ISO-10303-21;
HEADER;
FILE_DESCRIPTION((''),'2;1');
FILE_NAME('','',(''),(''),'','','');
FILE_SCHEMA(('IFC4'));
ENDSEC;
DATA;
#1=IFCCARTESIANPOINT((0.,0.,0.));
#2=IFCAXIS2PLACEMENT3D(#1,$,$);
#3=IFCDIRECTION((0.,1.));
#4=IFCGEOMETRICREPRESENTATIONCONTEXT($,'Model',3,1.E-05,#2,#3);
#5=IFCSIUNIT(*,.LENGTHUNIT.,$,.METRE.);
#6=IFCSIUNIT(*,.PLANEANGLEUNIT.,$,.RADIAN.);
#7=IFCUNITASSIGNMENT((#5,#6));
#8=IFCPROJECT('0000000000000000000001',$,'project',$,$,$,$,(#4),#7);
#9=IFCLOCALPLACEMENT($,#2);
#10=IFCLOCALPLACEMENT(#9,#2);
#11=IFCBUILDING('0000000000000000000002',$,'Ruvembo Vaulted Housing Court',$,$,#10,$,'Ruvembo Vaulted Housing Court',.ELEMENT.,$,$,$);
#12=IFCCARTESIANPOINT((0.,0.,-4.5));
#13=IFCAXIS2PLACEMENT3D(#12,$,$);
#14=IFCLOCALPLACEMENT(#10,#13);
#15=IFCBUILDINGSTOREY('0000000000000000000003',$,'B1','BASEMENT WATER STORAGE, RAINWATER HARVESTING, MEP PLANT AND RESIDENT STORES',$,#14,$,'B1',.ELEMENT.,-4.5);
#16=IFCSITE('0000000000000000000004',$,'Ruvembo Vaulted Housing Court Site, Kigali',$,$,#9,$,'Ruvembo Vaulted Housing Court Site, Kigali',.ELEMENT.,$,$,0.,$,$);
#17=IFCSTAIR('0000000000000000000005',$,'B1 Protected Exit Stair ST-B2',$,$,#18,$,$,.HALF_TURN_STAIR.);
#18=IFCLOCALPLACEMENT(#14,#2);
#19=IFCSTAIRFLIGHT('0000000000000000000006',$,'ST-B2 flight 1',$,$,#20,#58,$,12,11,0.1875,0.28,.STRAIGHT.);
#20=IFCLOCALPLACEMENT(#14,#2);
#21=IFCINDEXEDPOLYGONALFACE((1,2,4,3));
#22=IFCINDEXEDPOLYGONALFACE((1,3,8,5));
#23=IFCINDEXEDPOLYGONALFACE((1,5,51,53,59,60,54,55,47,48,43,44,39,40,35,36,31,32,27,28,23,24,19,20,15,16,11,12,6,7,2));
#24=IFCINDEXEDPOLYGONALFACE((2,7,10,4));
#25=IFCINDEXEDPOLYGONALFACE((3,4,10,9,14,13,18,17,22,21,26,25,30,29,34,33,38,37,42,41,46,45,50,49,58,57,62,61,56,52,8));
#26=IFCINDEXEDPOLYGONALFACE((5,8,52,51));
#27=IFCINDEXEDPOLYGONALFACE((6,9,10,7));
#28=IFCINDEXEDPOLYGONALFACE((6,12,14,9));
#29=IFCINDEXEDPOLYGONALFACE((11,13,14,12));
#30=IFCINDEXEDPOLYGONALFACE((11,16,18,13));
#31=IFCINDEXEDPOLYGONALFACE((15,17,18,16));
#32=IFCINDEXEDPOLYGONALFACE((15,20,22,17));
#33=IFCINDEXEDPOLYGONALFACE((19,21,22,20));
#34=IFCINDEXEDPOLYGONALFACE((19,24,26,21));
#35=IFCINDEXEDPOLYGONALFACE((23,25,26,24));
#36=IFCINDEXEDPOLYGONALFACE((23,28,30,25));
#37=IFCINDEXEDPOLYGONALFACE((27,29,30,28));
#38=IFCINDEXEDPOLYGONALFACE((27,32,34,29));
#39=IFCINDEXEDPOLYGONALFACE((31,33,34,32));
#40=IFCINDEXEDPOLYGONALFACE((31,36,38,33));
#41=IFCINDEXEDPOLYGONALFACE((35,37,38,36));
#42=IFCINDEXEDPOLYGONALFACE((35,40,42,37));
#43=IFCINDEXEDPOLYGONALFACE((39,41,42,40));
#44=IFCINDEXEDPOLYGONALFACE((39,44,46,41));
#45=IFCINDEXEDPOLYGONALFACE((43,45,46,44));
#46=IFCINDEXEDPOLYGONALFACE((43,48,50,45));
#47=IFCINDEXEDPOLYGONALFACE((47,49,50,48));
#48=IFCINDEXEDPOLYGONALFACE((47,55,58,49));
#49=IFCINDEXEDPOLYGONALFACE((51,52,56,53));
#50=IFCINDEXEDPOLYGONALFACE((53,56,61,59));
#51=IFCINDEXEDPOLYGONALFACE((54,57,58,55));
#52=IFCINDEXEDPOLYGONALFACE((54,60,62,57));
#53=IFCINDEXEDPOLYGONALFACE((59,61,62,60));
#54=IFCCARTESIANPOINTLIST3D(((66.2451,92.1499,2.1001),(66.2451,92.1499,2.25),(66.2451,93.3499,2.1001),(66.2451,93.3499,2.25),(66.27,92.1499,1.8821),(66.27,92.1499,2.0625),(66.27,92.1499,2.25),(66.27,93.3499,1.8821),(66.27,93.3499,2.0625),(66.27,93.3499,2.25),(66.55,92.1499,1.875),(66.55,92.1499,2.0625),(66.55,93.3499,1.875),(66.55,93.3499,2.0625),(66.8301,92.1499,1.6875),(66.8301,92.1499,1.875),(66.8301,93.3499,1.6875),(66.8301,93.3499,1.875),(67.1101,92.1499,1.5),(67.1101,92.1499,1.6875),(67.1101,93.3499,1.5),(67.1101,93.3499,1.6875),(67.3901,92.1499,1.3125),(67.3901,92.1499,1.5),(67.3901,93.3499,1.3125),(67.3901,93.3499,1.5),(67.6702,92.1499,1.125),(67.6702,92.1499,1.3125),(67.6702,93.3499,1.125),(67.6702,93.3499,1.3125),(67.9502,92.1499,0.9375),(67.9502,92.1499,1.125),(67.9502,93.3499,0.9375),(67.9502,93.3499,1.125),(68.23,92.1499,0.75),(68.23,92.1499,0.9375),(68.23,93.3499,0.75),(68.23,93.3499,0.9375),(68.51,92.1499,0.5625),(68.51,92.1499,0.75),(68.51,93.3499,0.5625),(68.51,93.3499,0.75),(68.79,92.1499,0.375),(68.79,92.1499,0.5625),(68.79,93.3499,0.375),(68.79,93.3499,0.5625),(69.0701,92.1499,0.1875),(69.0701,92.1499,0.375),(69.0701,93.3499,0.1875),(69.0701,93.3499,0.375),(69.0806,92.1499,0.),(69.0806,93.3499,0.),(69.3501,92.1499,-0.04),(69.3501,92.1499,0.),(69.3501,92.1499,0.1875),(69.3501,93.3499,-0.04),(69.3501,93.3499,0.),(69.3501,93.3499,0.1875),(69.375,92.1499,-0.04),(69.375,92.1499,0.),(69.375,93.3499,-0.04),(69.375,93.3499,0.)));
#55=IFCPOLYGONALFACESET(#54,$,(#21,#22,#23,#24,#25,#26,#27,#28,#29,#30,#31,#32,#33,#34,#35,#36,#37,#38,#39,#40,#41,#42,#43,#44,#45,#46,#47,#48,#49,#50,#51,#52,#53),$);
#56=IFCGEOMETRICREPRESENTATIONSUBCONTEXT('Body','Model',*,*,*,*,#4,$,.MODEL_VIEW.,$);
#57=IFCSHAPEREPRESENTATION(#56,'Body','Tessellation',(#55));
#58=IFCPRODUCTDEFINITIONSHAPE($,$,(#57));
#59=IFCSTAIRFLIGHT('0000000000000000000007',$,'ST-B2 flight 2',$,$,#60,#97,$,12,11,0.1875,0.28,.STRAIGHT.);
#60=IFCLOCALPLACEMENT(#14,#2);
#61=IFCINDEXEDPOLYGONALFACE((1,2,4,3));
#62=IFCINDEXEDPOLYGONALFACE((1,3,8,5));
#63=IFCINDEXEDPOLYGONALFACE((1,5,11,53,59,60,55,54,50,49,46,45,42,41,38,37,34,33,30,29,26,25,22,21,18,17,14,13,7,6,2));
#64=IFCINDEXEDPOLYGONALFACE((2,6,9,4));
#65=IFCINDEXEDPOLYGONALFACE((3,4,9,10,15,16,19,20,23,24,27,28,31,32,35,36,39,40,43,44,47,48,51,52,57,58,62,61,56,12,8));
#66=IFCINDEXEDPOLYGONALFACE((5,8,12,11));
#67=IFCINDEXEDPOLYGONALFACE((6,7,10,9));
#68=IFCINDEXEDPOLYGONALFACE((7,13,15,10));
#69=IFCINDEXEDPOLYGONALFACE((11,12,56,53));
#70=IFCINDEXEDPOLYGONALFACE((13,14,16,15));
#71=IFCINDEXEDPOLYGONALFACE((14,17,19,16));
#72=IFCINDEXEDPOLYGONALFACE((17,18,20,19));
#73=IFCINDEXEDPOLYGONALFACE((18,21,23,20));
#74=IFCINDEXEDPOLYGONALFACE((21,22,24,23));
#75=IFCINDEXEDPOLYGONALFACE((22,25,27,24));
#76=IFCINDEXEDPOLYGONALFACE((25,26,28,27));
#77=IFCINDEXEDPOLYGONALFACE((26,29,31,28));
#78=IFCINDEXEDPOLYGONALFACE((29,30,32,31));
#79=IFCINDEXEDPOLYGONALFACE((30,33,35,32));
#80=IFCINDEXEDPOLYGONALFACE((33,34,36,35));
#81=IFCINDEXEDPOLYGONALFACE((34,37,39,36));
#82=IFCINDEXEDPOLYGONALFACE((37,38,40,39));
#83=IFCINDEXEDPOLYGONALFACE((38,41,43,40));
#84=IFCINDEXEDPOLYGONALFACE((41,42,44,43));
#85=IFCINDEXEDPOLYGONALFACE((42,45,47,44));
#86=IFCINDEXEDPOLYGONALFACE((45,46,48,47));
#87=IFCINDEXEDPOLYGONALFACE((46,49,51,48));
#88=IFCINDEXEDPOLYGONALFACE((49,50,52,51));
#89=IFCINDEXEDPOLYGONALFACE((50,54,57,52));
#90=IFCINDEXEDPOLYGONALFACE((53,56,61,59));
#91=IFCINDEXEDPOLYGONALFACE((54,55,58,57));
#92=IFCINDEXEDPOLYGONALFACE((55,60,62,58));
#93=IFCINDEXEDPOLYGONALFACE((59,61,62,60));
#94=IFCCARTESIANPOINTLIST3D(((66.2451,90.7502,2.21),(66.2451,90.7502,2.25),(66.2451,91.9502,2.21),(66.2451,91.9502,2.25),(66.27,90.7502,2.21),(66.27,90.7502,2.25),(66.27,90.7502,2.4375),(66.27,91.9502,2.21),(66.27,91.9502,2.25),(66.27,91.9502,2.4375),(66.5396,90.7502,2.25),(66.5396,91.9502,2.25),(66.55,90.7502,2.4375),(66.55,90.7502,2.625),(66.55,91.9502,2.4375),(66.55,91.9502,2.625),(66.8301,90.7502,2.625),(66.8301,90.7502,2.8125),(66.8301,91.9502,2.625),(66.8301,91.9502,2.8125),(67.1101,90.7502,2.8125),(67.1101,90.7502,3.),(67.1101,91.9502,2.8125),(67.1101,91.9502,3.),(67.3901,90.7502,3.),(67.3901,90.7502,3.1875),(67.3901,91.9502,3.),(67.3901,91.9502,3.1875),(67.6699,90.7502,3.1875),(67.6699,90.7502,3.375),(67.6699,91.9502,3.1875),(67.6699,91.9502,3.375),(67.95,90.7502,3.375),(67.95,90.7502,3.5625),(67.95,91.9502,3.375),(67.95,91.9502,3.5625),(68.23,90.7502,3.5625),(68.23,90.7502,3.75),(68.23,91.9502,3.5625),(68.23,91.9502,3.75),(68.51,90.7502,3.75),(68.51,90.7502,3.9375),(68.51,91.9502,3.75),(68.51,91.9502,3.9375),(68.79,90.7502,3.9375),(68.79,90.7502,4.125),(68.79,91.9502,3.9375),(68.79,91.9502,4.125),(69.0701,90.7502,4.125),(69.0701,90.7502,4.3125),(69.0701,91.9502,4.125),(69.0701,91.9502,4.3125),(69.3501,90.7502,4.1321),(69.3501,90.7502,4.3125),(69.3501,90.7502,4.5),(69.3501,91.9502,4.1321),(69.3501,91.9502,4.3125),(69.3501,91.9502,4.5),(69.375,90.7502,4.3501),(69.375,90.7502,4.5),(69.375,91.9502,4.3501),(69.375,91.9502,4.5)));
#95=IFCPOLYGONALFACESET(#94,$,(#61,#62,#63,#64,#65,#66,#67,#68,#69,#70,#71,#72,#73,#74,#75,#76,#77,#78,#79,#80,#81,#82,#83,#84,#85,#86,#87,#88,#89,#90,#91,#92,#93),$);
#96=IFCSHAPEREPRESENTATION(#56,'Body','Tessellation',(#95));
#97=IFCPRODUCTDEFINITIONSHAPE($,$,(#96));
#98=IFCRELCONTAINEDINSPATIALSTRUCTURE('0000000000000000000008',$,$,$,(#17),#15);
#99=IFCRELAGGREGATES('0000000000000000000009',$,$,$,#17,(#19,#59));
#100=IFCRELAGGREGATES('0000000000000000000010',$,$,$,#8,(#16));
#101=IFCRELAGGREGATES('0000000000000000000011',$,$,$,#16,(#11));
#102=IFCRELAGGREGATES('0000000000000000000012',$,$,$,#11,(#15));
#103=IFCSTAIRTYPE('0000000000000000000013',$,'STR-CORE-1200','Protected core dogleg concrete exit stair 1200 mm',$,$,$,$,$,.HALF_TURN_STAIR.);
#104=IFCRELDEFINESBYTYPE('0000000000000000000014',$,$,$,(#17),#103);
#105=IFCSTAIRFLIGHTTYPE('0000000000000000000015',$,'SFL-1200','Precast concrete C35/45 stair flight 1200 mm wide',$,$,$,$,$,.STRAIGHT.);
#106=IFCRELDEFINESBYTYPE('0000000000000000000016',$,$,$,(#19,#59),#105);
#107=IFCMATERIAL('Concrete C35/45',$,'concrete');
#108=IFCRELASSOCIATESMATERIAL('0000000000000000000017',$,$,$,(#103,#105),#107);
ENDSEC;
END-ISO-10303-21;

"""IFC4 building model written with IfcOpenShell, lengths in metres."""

from ifc_helpers import new_model, si_unit, direction, frame, origin, place, context, subcontext, project, spatial, polyline, outline, extrude, material, type_object, element, aggregate, save


model = new_model("IFC4")

# Units and contexts
model_context = context("Model", 3, precision=1e-05, world=origin(), true_north=direction((0.0, 1.0)))
body_context = subcontext(model_context, "Body", "Model", "MODEL_VIEW")
ifc_project = project(units=[si_unit("LENGTHUNIT", "METRE"), si_unit("PLANEANGLEUNIT", "RADIAN")], contexts=[model_context])

# Site, building, storey
site_placement = place(None, origin())
site = spatial("IfcSite", under=ifc_project, at=site_placement, Name="Ruvembo Vaulted Housing Court Site, Kigali", LongName="Ruvembo Vaulted Housing Court Site, Kigali", CompositionType="ELEMENT", RefElevation=0.0)
building_placement = place(site_placement, origin())
building = spatial("IfcBuilding", under=site, at=building_placement, Name="Ruvembo Vaulted Housing Court", LongName="Ruvembo Vaulted Housing Court", CompositionType="ELEMENT")
storey_placement = place(building_placement, frame((0.0, 0.0, -4.5)))
storey = spatial("IfcBuildingStorey", under=building, at=storey_placement, Name="B1", Description="BASEMENT WATER STORAGE, RAINWATER HARVESTING, MEP PLANT AND RESIDENT STORES", LongName="B1", CompositionType="ELEMENT", Elevation=-4.5)

# Shared definitions
ifc_material_1 = material(Name="Concrete C35/45", Category="concrete")

# Stair, stair flights
stair_type = type_object("IfcStairType", Name="STR-CORE-1200", Description="Protected core dogleg concrete exit stair 1200 mm", PredefinedType="HALF_TURN_STAIR", material=ifc_material_1)
stair_placement = place(storey_placement, origin())
stair = element("IfcStair", 1, at=stair_placement, inside=storey, type_object=stair_type, Name="B1 Protected Exit Stair ST-B2", PredefinedType="HALF_TURN_STAIR")
stair_flight_type = type_object("IfcStairFlightType", Name="SFL-1200", Description="Precast concrete C35/45 stair flight 1200 mm wide", PredefinedType="STRAIGHT", material=ifc_material_1)
stair_flight_1_placement = place(storey_placement, frame((69.3501, 92.75, 0.0), z_axis=(0.0, 0.0, 1.0), x_axis=(-1.0, 0.0, 0.0)))
stair_flight_1 = element("IfcStairFlight", 2, at=stair_flight_1_placement, type_object=stair_flight_type, Name="ST-B2 flight 1", NumberOfRisers=12, NumberOfTreads=11, PredefinedType="STRAIGHT", RiserHeight=0.1875, TreadLength=0.28, context=body_context, shape_type="SweptSolid", body=[
    extrude(outline(polyline([(-0.0249, -0.04), (-0.0249, 0.0), (0.0, 0.0), (0.0, 0.1875), (0.28, 0.1875), (0.28, 0.375), (0.5601, 0.375), (0.5601, 0.5625), (0.8401, 0.5625), (0.8401, 0.75), (1.1201, 0.75), (1.1201, 0.9375), (1.3999, 0.9375), (1.3999, 1.125), (1.6799, 1.125), (1.6799, 1.3125), (1.96, 1.3125), (1.96, 1.5), (2.24, 1.5), (2.24, 1.6875), (2.52, 1.6875), (2.52, 1.875), (2.8, 1.875), (2.8, 2.0625), (3.0801, 2.0625), (3.0801, 2.25), (3.105, 2.25), (3.105, 2.1001), (3.0801, 1.8821), (0.2695, 0.0), (0.0, -0.04), (-0.0249, -0.04)])), frame((0.0, 0.6001, 0.0), z_axis=(0.0, -1.0, 0.0), x_axis=(1.0, 0.0, 0.0)), (0.0, 0.0, 1.0), 1.2),
])
stair_flight_2_placement = place(storey_placement, frame((66.27, 91.3501, 2.25), z_axis=(0.0, 0.0, 1.0), x_axis=(1.0, 0.0, 0.0)))
stair_flight_2 = element("IfcStairFlight", 3, at=stair_flight_2_placement, type_object=stair_flight_type, Name="ST-B2 flight 2", NumberOfRisers=12, NumberOfTreads=11, PredefinedType="STRAIGHT", RiserHeight=0.1875, TreadLength=0.28, context=body_context, shape_type="SweptSolid", body=[
    extrude(outline(polyline([(-0.0249, -0.04), (-0.0249, 0.0), (0.0, 0.0), (0.0, 0.1875), (0.28, 0.1875), (0.28, 0.375), (0.5601, 0.375), (0.5601, 0.5625), (0.8401, 0.5625), (0.8401, 0.75), (1.1201, 0.75), (1.1201, 0.9375), (1.3999, 0.9375), (1.3999, 1.125), (1.6799, 1.125), (1.6799, 1.3125), (1.96, 1.3125), (1.96, 1.5), (2.24, 1.5), (2.24, 1.6875), (2.52, 1.6875), (2.52, 1.875), (2.8, 1.875), (2.8, 2.0625), (3.0801, 2.0625), (3.0801, 2.25), (3.105, 2.25), (3.105, 2.1001), (3.0801, 1.8821), (0.2695, 0.0), (0.0, -0.04), (-0.0249, -0.04)])), frame((0.0, 0.6001, 0.0), z_axis=(0.0, -1.0, 0.0), x_axis=(1.0, 0.0, 0.0)), (0.0, 0.0, 1.0), 1.2),
])
aggregate(stair, [stair_flight_1, stair_flight_2])

save(model, "model.ifc")
